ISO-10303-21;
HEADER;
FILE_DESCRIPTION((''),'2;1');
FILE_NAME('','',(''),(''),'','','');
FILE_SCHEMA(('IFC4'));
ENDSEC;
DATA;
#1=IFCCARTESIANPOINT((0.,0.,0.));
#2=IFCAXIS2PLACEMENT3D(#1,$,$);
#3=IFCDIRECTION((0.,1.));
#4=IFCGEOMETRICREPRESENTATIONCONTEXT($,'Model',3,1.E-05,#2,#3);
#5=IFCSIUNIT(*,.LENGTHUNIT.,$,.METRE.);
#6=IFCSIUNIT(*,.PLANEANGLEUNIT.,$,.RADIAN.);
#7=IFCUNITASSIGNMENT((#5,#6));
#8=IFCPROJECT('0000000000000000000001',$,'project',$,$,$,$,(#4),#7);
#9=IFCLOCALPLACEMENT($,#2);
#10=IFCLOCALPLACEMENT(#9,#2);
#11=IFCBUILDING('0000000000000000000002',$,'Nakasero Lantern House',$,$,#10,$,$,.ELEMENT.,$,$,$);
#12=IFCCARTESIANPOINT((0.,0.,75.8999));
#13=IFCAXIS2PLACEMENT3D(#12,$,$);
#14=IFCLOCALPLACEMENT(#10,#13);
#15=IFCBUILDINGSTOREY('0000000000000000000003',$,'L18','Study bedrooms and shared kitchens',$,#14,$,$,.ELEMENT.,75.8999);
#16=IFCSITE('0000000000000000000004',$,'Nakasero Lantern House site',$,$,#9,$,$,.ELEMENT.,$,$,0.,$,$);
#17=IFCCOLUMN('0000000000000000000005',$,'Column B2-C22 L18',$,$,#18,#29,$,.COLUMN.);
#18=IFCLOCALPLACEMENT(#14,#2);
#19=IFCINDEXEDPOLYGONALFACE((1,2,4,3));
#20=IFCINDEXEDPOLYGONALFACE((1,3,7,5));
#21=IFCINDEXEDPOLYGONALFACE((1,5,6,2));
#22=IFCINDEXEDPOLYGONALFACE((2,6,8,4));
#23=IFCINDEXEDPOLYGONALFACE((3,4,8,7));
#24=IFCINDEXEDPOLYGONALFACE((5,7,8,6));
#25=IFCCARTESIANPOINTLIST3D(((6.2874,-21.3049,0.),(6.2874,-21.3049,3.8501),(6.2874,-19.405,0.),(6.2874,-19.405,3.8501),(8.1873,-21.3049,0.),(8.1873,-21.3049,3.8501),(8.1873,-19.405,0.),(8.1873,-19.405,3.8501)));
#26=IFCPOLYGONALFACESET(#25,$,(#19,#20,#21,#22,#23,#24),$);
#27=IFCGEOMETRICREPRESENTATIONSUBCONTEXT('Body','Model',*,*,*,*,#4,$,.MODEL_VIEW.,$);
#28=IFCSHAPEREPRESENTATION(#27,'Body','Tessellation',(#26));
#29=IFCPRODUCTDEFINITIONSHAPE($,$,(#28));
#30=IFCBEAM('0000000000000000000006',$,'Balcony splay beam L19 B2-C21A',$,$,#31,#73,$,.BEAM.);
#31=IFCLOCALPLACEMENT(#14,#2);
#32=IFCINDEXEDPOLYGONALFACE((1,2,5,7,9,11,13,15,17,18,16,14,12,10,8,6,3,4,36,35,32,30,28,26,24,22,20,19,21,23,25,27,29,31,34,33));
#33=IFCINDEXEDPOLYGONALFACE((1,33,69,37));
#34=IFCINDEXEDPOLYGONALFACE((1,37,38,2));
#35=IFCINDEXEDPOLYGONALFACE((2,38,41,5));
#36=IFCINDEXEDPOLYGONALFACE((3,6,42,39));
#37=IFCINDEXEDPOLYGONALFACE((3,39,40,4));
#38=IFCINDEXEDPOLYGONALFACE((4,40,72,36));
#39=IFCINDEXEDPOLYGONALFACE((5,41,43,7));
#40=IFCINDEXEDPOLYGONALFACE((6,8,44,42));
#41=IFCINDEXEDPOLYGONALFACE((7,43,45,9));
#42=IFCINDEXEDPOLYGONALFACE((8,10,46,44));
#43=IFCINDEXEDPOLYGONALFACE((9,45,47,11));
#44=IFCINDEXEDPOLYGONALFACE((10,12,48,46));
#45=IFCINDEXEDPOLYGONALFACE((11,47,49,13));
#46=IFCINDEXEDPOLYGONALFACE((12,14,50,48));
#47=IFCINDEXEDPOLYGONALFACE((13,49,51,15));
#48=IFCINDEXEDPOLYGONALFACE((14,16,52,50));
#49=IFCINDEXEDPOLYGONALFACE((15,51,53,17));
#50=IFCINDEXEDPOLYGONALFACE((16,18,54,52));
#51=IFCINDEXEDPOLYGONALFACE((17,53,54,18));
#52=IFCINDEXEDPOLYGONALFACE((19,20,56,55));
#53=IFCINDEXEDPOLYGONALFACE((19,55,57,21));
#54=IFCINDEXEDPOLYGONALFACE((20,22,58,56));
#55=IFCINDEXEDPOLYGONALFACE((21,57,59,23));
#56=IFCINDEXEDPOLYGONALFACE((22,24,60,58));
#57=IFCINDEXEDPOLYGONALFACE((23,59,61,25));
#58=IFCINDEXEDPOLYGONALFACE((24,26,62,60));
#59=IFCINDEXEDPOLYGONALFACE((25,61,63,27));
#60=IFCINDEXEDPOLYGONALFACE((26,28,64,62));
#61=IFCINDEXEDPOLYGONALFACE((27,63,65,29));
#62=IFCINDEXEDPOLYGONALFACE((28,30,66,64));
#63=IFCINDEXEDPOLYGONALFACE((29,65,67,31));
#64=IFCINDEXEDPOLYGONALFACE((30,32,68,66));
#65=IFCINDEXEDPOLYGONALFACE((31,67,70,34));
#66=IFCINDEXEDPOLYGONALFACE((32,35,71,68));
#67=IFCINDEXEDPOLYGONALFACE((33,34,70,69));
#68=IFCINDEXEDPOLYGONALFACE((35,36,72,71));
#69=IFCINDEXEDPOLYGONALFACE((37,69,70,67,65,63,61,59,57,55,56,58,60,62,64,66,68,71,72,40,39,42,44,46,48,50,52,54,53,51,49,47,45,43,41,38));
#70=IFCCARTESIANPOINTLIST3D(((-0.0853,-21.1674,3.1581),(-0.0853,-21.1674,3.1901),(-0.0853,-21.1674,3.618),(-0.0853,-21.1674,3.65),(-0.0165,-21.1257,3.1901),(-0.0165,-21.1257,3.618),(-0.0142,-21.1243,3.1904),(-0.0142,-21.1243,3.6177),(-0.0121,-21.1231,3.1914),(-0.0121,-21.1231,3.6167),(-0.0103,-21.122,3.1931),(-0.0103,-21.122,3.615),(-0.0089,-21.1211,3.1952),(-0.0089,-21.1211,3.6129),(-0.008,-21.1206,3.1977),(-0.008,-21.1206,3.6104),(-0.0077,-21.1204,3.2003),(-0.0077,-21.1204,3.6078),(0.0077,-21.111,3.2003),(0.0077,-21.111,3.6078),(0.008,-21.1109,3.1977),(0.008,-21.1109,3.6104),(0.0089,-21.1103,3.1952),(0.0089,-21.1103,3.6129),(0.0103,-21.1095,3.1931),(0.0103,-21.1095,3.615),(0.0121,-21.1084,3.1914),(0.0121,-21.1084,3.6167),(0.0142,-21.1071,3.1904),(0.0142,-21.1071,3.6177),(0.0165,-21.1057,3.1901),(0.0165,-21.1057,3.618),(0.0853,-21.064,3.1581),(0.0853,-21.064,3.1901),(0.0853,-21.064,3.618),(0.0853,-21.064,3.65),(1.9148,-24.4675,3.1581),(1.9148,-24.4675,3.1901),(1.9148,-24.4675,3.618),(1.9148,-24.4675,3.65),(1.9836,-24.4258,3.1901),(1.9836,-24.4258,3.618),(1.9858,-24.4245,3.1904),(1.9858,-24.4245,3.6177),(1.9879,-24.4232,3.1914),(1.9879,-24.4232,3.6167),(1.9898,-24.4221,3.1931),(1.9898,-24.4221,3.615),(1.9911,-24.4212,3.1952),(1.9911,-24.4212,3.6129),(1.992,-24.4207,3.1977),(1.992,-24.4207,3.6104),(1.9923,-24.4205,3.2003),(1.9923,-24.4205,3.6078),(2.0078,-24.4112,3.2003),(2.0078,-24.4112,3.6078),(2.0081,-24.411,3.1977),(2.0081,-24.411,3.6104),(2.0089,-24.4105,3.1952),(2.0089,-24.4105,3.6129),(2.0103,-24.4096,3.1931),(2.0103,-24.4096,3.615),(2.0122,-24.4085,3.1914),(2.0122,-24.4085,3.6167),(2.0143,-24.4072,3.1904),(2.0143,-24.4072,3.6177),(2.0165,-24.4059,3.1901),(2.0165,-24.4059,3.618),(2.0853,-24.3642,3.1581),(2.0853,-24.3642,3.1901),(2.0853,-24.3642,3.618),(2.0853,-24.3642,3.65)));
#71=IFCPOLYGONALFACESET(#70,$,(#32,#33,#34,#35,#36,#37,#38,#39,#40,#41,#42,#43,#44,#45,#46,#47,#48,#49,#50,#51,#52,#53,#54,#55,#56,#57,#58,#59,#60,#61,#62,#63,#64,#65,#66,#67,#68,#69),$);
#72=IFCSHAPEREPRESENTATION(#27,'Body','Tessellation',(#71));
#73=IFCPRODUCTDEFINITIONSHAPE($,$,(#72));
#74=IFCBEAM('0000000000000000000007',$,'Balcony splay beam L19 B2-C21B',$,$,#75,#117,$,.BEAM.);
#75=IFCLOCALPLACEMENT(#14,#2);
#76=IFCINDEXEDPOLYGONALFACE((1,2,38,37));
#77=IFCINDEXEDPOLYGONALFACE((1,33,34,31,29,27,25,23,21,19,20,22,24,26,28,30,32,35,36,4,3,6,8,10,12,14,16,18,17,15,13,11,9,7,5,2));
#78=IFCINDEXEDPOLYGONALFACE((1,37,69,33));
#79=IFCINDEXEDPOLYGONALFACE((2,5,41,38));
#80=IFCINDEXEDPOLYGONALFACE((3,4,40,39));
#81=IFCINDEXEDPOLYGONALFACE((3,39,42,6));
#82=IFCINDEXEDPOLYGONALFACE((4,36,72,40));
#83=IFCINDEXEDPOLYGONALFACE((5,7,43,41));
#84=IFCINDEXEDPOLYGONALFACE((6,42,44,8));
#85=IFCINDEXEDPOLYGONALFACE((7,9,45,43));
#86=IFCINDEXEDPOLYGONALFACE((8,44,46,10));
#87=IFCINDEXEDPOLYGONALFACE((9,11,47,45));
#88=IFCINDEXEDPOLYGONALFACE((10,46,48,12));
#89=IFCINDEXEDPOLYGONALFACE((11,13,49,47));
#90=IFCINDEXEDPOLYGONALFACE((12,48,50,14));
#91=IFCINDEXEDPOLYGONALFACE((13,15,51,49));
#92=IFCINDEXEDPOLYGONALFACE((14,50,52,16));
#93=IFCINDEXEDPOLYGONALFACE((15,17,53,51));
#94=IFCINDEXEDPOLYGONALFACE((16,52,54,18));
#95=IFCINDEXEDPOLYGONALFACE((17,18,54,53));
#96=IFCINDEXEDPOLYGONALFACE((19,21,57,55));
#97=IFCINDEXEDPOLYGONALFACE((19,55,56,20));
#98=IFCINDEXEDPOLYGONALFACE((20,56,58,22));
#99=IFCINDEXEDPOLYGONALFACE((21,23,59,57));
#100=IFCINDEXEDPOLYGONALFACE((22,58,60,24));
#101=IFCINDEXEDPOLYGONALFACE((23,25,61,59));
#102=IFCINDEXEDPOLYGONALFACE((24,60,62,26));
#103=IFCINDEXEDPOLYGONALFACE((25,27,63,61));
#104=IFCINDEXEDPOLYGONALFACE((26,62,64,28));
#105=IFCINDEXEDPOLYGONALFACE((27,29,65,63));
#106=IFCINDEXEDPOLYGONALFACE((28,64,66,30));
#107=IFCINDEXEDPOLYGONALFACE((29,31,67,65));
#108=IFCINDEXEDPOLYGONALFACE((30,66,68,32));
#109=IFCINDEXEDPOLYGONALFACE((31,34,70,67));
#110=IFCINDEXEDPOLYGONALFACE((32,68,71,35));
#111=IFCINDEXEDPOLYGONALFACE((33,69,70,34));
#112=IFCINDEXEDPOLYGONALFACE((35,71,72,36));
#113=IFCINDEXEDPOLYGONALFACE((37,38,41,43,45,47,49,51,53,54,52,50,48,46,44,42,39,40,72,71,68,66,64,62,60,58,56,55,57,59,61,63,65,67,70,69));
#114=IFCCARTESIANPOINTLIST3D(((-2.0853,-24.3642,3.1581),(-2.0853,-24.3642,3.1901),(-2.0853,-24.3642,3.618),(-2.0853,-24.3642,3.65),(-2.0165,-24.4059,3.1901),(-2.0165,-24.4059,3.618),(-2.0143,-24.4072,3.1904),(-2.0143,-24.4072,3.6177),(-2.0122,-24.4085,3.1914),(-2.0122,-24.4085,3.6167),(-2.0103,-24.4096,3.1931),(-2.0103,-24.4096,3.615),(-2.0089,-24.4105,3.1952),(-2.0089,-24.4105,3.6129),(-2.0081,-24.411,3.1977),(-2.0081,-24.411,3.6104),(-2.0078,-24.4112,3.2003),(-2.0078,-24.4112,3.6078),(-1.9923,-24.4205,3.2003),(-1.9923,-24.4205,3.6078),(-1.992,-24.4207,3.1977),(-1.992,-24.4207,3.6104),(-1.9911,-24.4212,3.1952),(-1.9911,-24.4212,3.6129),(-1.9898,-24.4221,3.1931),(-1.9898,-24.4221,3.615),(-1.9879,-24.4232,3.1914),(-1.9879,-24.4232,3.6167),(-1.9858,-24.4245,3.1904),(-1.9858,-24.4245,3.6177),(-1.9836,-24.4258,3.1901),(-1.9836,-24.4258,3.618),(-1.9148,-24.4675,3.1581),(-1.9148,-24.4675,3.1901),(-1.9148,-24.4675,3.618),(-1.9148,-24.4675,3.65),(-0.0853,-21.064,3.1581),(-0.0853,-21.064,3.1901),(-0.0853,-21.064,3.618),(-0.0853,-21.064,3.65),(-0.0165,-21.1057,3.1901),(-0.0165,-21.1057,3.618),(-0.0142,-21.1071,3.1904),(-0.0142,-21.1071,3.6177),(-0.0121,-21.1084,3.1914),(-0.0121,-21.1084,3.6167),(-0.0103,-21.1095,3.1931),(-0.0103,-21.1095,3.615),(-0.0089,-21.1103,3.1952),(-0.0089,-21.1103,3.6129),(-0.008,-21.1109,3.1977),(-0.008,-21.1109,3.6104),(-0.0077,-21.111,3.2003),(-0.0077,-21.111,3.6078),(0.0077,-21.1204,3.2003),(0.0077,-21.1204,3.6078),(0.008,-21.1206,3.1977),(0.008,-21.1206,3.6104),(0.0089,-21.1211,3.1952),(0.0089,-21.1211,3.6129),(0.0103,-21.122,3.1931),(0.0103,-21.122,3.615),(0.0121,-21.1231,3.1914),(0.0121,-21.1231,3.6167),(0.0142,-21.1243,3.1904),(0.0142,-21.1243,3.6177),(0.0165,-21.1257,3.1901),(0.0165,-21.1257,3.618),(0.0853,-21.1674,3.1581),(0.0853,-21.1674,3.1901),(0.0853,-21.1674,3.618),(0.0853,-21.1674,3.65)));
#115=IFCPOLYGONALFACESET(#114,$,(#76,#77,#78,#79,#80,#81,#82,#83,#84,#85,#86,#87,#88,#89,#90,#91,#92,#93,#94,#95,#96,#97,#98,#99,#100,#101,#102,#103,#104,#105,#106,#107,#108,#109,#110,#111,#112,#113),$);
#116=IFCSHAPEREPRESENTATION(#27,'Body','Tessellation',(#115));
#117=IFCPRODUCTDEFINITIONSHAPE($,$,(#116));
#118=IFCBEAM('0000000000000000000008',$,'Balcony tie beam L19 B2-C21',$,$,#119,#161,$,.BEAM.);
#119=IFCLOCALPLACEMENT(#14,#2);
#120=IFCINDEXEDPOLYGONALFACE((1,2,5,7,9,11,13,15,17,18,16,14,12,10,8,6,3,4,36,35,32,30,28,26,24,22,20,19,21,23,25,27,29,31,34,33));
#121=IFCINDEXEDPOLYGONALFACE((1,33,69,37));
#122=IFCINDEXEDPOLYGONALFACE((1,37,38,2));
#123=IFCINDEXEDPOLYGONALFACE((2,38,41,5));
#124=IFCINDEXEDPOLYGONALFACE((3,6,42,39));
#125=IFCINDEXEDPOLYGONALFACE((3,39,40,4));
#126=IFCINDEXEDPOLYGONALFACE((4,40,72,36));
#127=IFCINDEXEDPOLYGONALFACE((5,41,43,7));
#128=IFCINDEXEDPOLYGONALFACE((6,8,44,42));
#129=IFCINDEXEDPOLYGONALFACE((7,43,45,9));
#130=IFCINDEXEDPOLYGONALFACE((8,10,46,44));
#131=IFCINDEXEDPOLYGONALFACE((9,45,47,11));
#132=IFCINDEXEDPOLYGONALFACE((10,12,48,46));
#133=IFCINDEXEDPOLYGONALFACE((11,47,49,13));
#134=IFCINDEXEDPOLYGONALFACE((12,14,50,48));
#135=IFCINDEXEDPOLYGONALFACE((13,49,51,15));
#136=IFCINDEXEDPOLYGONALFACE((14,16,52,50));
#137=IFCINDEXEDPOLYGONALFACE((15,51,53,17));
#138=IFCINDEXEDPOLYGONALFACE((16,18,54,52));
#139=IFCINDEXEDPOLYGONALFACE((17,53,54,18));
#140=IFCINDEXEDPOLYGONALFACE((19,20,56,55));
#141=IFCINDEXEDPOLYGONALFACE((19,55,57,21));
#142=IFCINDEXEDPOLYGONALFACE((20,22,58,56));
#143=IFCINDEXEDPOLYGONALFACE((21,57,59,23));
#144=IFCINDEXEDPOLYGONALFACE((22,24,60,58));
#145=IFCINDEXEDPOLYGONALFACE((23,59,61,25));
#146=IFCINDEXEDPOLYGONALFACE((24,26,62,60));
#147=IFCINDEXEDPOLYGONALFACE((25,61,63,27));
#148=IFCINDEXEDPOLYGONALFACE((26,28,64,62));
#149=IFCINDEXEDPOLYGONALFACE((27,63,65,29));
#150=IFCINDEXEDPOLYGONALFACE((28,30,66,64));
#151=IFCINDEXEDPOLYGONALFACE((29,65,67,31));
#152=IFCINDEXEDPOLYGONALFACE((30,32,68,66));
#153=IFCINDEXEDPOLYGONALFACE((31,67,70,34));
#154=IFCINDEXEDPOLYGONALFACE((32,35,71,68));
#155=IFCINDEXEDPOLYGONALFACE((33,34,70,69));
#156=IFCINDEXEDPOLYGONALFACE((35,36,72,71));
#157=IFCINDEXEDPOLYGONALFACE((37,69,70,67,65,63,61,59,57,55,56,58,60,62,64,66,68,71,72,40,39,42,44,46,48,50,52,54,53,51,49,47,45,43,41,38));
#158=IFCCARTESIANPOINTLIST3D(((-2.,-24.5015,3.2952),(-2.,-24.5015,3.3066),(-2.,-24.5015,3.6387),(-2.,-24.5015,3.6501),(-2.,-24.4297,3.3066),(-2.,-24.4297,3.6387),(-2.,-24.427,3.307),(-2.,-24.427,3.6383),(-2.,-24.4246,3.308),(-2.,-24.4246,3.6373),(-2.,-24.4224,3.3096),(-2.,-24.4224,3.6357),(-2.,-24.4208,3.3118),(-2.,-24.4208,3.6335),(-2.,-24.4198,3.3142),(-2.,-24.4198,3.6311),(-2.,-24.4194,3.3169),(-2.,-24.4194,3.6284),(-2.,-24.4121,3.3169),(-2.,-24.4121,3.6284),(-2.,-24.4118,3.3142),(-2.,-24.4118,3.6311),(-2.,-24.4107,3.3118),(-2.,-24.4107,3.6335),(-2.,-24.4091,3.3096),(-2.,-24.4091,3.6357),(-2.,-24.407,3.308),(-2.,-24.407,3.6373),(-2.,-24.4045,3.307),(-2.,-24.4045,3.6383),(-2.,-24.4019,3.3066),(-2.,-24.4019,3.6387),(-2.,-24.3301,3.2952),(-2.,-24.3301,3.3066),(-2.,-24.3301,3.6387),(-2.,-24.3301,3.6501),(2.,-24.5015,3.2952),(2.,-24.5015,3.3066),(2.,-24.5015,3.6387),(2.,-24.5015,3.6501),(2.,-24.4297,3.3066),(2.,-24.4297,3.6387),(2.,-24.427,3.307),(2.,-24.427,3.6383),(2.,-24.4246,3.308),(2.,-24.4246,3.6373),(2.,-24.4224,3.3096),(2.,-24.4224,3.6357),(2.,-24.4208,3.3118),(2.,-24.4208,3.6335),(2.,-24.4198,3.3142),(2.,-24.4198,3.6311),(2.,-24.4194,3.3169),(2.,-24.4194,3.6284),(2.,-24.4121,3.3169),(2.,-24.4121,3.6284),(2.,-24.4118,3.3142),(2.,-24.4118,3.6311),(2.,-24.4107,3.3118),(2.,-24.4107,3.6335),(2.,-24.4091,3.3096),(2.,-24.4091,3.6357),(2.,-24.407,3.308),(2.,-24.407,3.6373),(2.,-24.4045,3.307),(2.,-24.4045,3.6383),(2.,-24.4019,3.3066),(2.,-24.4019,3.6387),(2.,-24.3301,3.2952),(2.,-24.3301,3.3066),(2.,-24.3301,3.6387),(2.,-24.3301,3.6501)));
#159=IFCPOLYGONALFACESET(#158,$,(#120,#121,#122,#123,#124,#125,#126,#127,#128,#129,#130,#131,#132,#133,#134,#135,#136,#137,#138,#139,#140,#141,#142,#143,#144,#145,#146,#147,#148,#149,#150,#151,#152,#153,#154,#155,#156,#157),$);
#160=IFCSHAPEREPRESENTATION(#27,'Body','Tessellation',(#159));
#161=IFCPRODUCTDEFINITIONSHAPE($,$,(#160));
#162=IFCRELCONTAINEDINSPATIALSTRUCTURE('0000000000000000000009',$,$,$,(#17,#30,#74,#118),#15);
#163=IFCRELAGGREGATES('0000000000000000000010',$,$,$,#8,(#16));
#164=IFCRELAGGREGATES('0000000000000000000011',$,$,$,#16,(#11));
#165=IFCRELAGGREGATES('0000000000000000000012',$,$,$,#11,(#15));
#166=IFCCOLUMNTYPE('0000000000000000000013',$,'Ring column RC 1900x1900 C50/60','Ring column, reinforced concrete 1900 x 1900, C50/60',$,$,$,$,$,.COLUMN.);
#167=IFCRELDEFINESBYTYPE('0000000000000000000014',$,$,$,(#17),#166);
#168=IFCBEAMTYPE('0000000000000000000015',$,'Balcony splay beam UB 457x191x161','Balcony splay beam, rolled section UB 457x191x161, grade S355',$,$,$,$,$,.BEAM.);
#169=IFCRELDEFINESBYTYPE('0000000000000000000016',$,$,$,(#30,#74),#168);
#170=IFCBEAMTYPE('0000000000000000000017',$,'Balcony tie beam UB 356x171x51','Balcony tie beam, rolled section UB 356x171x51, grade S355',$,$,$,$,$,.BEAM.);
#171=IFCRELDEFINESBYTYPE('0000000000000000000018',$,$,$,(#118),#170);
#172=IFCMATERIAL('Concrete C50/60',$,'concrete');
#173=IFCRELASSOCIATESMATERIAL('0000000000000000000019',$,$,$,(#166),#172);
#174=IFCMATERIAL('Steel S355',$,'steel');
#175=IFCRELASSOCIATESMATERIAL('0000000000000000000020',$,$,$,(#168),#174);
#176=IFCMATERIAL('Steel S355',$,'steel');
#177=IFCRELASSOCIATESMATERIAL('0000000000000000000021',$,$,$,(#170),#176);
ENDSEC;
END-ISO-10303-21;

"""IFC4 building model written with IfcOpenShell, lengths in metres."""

from ifc_helpers import new_model, si_unit, direction, frame, origin, origin_2d, place, context, subcontext, project, spatial, rectangle, i_section, extrude, material, material_profile, profile_set, type_object, element, save


model = new_model("IFC4")

# Units and contexts
model_context = context("Model", 3, precision=1e-05, world=origin(), true_north=direction((0.0, 1.0)))
body_context = subcontext(model_context, "Body", "Model", "MODEL_VIEW")
ifc_project = project(units=[si_unit("LENGTHUNIT", "METRE"), si_unit("PLANEANGLEUNIT", "RADIAN")], contexts=[model_context])

# Site, building, storey
site_placement = place(None, origin())
site = spatial("IfcSite", under=ifc_project, at=site_placement, Name="Nakasero Lantern House site", CompositionType="ELEMENT", RefElevation=0.0)
building_placement = place(site_placement, origin())
building = spatial("IfcBuilding", under=site, at=building_placement, Name="Nakasero Lantern House", CompositionType="ELEMENT")
storey_placement = place(building_placement, frame((0.0, 0.0, 75.8999)))
storey = spatial("IfcBuildingStorey", under=building, at=storey_placement, Name="L18", Description="Study bedrooms and shared kitchens", CompositionType="ELEMENT", Elevation=75.8999)

# Column
ifc_material_1 = material(Name="Concrete C50/60", Category="concrete")
ifc_material_profile_1 = material_profile(ifc_material_1, rectangle(XDim=1.8999, YDim=1.8999, at=origin_2d()), Name="RC 1900x1900")
ifc_profile_set_1 = profile_set([ifc_material_profile_1], Name="Concrete C50/60")
column_type = type_object("IfcColumnType", Name="Ring column RC 1900x1900 C50/60", Description="Ring column, reinforced concrete 1900 x 1900, C50/60", PredefinedType="COLUMN", material=ifc_profile_set_1)
column_placement = place(storey_placement, frame((7.2373, -20.355, 0.0), z_axis=(0.0, 0.0, 1.0), x_axis=(1.0, 0.0, 0.0)))
element("IfcColumn", 1, at=column_placement, inside=storey, type_object=column_type, Name="Column B2-C22 L18", PredefinedType="COLUMN", context=body_context, shape_type="SweptSolid", body=[
    extrude(rectangle(XDim=1.8999, YDim=1.8999, at=origin_2d()), origin(), (0.0, 0.0, 1.0), 3.8501),
])

# Beams
ifc_material_2 = material(Name="Steel S355", Category="steel")
ifc_material_profile_2 = material_profile(ifc_material_2, i_section(OverallWidth=0.1995, OverallDepth=0.4919, WebThickness=0.0181, FlangeThickness=0.032, FilletRadius=0.0103, at=origin_2d()), Name="UB 457x191x161")
ifc_profile_set_2 = profile_set([ifc_material_profile_2], Name="Steel S355")
beam_type_1 = type_object("IfcBeamType", Name="Balcony splay beam UB 457x191x161", Description="Balcony splay beam, rolled section UB 457x191x161, grade S355", PredefinedType="BEAM", material=ifc_profile_set_2)
for number, where, z_axis, x_axis, name in (
    (2, (0.0, -21.1157, 3.4041), (0.518296, -0.855201, 0.0), (0.855201, 0.518296, 0.0), "Balcony splay beam L19 B2-C21A"),
    (3, (0.0, -21.1157, 3.4041), (-0.518296, -0.855201, 0.0), (0.855201, -0.518296, 0.0), "Balcony splay beam L19 B2-C21B"),
):
    element("IfcBeam", number, at=place(storey_placement, frame(where, z_axis=z_axis, x_axis=x_axis)), inside=storey, type_object=beam_type_1, Name=name, PredefinedType="BEAM", context=body_context, shape_type="SweptSolid", body=[
        extrude(i_section(OverallWidth=0.1995, OverallDepth=0.4919, WebThickness=0.0181, FlangeThickness=0.032, FilletRadius=0.0103, at=origin_2d()), origin(), (0.0, 0.0, 1.0), 3.8589),
    ])
ifc_material_3 = material(Name="Steel S355", Category="steel")
ifc_material_profile_3 = material_profile(ifc_material_3, i_section(OverallWidth=0.1714, OverallDepth=0.355, WebThickness=0.0073, FlangeThickness=0.0115, FilletRadius=0.0103, at=origin_2d()), Name="UB 356x171x51")
ifc_profile_set_3 = profile_set([ifc_material_profile_3], Name="Steel S355")
beam_type_2 = type_object("IfcBeamType", Name="Balcony tie beam UB 356x171x51", Description="Balcony tie beam, rolled section UB 356x171x51, grade S355", PredefinedType="BEAM", material=ifc_profile_set_3)
beam_1_placement = place(storey_placement, frame((2.0, -24.4158, 3.4727), z_axis=(-1.0, 0.0, 0.0), x_axis=(0.0, -1.0, 0.0)))
element("IfcBeam", 4, at=beam_1_placement, inside=storey, type_object=beam_type_2, Name="Balcony tie beam L19 B2-C21", PredefinedType="BEAM", context=body_context, shape_type="SweptSolid", body=[
    extrude(i_section(OverallWidth=0.1714, OverallDepth=0.355, WebThickness=0.0073, FlangeThickness=0.0115, FilletRadius=0.0103, at=origin_2d()), origin(), (0.0, 0.0, 1.0), 4.0),
])

save(model, "model.ifc")
